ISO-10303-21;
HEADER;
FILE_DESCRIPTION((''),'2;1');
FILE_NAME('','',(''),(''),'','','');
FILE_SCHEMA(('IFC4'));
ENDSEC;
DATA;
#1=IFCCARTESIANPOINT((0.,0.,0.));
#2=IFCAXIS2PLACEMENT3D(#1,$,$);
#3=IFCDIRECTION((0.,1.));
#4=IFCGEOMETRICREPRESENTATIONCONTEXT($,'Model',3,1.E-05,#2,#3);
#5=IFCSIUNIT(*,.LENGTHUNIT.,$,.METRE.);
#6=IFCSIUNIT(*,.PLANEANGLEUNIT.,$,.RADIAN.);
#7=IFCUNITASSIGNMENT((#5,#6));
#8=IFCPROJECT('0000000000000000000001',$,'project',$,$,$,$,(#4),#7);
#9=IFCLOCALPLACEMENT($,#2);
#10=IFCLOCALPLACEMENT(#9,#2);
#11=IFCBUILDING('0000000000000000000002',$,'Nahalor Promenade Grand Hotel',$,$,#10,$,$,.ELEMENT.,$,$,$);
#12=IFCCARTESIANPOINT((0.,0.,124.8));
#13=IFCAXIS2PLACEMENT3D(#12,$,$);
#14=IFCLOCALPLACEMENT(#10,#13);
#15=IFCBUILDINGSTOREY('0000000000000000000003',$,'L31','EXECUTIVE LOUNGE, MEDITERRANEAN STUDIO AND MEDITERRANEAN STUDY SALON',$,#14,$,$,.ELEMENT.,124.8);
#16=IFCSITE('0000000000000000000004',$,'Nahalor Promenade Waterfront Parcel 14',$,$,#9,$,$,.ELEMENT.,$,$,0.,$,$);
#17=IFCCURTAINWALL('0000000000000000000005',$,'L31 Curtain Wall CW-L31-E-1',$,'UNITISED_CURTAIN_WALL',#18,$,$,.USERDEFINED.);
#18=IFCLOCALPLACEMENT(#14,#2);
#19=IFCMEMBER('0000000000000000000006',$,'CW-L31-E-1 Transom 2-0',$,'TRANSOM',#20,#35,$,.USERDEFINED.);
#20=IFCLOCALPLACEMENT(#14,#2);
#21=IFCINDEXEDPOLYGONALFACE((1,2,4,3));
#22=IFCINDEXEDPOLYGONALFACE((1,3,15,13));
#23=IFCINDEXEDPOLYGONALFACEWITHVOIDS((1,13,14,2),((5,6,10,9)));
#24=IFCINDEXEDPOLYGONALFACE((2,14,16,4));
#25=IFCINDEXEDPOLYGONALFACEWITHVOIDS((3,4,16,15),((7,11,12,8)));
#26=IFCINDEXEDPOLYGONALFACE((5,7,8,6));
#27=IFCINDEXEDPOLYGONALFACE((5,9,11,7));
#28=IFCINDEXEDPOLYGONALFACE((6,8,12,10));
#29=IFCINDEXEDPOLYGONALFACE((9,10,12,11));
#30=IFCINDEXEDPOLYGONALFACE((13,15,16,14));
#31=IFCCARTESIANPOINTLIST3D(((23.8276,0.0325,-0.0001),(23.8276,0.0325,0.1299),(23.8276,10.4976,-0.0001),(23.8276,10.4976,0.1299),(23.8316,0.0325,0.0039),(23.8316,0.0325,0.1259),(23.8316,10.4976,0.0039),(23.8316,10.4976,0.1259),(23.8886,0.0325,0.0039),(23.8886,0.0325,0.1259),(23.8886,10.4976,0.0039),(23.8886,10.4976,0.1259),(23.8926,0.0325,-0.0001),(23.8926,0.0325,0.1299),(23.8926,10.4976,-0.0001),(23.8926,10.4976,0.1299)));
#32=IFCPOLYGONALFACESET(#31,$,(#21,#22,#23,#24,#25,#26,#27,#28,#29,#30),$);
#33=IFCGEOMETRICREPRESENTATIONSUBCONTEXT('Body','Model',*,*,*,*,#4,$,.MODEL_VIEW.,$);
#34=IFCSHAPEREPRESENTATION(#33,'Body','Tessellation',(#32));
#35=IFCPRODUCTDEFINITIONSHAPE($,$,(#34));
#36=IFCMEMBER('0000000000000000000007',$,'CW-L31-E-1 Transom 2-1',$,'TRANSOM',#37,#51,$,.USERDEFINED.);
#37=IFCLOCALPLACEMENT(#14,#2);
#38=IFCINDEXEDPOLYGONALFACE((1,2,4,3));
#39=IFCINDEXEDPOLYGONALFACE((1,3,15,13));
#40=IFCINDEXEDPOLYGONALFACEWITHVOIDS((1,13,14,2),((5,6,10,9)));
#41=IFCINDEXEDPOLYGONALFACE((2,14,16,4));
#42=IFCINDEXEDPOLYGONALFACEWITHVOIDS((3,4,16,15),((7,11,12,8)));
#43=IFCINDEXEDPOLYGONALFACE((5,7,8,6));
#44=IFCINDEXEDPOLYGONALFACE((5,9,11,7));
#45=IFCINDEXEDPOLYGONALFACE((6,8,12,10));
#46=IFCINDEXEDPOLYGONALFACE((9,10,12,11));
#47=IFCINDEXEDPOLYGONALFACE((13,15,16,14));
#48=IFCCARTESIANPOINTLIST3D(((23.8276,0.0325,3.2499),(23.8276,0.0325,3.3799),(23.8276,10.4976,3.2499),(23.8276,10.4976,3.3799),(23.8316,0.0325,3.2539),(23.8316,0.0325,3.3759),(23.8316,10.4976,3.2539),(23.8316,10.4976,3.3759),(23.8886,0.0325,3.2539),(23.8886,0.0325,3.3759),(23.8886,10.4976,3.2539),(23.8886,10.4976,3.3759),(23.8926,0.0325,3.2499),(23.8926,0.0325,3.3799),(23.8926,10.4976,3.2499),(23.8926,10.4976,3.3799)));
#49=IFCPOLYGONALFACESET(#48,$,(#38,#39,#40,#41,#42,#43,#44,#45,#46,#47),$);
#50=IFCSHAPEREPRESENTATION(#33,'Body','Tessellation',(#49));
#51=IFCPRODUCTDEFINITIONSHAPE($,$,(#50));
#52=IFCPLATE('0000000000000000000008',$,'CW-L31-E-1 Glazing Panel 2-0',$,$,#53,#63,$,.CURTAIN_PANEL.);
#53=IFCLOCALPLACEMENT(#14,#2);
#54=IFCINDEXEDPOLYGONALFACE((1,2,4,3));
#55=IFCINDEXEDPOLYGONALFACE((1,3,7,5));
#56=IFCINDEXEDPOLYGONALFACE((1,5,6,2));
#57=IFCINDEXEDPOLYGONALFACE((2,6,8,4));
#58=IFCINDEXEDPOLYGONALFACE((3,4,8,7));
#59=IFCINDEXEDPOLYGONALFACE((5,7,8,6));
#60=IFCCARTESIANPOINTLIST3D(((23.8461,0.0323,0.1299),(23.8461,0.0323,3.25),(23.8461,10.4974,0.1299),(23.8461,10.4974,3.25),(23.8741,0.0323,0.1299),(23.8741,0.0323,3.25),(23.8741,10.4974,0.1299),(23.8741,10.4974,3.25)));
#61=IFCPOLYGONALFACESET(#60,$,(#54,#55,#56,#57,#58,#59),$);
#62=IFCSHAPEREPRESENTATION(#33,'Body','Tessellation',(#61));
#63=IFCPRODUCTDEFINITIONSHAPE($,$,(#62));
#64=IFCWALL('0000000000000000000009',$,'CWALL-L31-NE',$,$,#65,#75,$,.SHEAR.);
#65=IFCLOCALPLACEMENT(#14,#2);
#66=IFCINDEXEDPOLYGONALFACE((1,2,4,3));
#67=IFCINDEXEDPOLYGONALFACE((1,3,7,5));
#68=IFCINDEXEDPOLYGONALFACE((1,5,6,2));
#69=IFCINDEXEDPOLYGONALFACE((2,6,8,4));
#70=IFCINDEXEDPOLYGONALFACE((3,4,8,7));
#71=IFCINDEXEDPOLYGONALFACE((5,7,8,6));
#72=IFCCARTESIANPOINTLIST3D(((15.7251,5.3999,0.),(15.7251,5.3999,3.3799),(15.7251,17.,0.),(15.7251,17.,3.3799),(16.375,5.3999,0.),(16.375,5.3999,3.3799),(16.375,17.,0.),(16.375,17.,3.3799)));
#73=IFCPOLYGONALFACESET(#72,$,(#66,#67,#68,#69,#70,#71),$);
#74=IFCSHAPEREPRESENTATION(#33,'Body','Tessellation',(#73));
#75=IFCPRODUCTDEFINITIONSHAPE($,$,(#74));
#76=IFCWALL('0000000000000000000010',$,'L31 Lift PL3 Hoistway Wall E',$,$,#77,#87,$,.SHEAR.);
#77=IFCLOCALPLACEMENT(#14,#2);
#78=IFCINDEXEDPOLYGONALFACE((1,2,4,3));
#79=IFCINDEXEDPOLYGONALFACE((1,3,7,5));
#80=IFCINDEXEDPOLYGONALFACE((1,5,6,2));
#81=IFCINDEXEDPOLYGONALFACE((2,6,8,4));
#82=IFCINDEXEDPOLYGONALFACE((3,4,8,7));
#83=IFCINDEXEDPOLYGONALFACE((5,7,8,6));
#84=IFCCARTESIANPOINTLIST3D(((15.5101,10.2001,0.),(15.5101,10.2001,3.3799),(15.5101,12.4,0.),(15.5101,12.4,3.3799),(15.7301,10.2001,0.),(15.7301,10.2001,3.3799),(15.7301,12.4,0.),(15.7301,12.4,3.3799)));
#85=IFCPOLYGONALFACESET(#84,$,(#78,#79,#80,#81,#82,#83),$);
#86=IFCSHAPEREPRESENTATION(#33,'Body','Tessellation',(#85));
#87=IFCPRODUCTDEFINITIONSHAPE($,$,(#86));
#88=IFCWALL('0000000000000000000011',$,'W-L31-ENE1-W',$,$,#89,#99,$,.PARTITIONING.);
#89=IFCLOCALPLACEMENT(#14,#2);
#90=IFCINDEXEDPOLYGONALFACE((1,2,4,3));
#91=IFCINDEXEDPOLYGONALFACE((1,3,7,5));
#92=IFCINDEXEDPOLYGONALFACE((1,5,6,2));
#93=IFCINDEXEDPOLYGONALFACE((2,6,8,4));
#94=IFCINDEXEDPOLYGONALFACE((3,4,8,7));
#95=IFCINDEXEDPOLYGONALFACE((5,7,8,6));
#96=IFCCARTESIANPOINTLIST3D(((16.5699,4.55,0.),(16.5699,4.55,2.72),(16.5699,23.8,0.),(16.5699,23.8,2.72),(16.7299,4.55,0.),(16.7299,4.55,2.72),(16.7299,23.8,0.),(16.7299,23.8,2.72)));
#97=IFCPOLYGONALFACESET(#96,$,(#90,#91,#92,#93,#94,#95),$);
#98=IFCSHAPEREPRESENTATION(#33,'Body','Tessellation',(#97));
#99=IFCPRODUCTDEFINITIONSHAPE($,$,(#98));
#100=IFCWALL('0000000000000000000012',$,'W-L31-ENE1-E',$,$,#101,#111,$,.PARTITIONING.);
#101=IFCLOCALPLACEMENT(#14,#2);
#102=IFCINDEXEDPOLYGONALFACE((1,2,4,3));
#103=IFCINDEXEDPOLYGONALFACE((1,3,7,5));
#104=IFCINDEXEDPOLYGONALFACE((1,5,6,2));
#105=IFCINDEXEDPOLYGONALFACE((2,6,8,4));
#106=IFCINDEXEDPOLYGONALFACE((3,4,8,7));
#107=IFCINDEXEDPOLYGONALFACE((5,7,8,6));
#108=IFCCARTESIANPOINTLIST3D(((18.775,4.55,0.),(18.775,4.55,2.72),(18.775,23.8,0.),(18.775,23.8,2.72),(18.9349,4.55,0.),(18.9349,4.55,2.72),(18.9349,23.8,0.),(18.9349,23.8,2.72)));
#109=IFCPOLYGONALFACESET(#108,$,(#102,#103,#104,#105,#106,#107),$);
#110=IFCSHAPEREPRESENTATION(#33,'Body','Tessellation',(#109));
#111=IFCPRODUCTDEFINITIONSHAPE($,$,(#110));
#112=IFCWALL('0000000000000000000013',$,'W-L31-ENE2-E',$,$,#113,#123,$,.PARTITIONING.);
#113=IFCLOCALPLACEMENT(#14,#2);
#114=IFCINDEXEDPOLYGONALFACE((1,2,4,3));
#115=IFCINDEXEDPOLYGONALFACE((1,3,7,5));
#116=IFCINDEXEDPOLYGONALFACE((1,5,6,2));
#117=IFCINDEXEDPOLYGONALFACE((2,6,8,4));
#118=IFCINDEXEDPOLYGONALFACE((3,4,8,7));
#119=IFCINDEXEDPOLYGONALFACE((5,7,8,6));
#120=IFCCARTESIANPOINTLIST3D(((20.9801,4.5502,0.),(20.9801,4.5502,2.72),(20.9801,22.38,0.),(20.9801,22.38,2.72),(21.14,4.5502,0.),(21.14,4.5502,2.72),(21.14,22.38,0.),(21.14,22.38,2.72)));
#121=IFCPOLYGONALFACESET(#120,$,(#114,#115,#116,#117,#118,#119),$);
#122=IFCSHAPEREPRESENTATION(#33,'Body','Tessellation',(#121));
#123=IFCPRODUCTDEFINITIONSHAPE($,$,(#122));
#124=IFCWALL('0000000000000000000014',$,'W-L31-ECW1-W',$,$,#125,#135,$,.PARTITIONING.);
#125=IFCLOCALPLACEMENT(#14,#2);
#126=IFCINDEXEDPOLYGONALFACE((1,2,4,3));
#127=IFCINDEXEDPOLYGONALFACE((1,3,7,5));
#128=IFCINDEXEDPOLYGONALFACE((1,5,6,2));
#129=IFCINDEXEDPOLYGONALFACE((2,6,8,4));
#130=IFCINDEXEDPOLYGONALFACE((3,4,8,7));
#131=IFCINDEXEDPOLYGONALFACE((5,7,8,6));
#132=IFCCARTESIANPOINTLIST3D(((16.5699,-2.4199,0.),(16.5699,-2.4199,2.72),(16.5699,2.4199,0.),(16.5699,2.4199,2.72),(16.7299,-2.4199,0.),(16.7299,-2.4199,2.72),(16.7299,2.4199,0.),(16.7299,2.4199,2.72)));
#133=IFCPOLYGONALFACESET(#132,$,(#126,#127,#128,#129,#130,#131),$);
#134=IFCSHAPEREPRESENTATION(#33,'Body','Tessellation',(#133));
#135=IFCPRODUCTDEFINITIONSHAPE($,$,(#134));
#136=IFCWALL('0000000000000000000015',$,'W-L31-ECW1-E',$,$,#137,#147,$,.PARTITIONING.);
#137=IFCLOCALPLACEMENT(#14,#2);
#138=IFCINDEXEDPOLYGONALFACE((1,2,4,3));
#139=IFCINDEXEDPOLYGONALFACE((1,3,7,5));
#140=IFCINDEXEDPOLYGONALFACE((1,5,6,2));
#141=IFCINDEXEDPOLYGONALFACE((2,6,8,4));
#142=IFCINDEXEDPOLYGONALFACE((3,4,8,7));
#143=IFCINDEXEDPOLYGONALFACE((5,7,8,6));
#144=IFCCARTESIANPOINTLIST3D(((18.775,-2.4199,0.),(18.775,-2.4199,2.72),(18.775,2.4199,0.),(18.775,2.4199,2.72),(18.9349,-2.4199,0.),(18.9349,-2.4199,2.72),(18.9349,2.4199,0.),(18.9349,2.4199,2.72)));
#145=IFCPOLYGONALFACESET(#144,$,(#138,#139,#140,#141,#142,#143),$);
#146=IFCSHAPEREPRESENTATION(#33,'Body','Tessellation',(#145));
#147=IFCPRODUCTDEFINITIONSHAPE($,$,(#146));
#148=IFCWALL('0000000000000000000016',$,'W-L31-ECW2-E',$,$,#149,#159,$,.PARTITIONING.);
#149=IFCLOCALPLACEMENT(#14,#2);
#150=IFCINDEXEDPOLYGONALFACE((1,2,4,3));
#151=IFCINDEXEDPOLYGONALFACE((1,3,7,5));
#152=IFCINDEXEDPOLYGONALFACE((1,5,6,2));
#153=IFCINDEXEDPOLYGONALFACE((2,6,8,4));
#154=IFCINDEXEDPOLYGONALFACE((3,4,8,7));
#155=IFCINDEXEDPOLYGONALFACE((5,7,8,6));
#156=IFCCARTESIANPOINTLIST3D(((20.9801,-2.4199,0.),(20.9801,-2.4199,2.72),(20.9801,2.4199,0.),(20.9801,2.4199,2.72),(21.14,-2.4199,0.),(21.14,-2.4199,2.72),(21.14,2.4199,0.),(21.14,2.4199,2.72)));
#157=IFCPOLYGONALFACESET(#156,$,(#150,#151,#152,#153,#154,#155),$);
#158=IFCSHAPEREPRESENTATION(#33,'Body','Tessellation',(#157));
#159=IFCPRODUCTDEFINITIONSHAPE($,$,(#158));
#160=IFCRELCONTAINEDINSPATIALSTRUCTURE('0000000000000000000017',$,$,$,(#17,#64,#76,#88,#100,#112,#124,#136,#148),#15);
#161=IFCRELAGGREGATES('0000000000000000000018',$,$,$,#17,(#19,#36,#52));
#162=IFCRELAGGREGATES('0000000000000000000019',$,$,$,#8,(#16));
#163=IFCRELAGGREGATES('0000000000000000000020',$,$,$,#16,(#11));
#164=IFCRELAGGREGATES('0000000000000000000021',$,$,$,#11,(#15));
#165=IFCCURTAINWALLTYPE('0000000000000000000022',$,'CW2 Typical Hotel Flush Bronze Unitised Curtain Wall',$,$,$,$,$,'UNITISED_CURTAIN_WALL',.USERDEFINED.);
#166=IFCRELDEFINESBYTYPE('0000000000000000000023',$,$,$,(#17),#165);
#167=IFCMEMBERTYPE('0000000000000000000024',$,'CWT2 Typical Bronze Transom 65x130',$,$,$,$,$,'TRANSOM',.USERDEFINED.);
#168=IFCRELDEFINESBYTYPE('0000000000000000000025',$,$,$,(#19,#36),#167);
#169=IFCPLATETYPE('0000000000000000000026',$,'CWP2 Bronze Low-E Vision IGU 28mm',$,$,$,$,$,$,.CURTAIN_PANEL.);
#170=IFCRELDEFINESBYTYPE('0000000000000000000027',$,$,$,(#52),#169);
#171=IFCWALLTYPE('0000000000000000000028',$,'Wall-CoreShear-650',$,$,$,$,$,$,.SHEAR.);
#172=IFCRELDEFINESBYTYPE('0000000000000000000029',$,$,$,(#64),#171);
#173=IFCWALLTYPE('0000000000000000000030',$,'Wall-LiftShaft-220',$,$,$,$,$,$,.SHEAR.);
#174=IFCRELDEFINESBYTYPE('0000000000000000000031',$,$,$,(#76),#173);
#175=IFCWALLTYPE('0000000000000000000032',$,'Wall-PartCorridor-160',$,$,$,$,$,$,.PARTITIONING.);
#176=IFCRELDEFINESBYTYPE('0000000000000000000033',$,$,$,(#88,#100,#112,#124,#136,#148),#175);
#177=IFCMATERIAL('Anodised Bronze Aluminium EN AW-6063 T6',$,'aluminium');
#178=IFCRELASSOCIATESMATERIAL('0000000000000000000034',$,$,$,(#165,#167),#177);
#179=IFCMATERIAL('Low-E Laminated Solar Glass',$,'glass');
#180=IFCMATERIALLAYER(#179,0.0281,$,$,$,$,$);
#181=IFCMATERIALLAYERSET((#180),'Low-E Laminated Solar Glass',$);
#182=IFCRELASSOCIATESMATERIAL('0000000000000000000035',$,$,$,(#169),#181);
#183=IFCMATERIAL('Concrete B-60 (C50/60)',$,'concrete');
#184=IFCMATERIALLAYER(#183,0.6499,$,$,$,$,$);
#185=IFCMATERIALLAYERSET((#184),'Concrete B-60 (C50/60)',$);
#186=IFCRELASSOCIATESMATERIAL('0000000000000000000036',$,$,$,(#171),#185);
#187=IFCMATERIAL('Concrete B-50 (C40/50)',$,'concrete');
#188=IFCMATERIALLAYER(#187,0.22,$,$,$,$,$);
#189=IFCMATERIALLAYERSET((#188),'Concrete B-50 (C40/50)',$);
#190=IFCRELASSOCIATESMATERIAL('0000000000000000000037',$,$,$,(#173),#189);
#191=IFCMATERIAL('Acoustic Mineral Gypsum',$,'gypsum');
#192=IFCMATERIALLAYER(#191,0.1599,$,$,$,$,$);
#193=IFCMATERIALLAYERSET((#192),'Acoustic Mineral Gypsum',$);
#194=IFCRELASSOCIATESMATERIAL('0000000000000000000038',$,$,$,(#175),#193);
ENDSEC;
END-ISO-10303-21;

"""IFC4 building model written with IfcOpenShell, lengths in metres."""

from ifc_helpers import new_model, si_unit, direction, frame, frame_2d, origin, origin_2d, place, context, subcontext, project, spatial, rectangle, hollow_rectangle, extrude, source, transform, mapped, material, layer, layer_set, material_profile, profile_set, type_object, element, aggregate, save


model = new_model("IFC4")

# Units and contexts
model_context = context("Model", 3, precision=1e-05, world=origin(), true_north=direction((0.0, 1.0)))
body_context = subcontext(model_context, "Body", "Model", "MODEL_VIEW")
ifc_project = project(units=[si_unit("LENGTHUNIT", "METRE"), si_unit("PLANEANGLEUNIT", "RADIAN")], contexts=[model_context])

# Site, building, storey
site_placement = place(None, origin())
site = spatial("IfcSite", under=ifc_project, at=site_placement, Name="Nahalor Promenade Waterfront Parcel 14", CompositionType="ELEMENT", RefElevation=0.0)
building_placement = place(site_placement, origin())
building = spatial("IfcBuilding", under=site, at=building_placement, Name="Nahalor Promenade Grand Hotel", CompositionType="ELEMENT")
storey_placement = place(building_placement, frame((0.0, 0.0, 124.8)))
storey = spatial("IfcBuildingStorey", under=building, at=storey_placement, Name="L31", Description="EXECUTIVE LOUNGE, MEDITERRANEAN STUDIO AND MEDITERRANEAN STUDY SALON", CompositionType="ELEMENT", Elevation=124.8)

# Curtain wall, members, plate
ifc_material_1 = material(Name="Anodised Bronze Aluminium EN AW-6063 T6", Category="aluminium")
curtain_wall_type = type_object("IfcCurtainWallType", Name="CW2 Typical Hotel Flush Bronze Unitised Curtain Wall", ElementType="UNITISED_CURTAIN_WALL", PredefinedType="USERDEFINED", material=ifc_material_1)
curtain_wall_placement = place(storey_placement, origin())
curtain_wall = element("IfcCurtainWall", 1, at=curtain_wall_placement, inside=storey, type_object=curtain_wall_type, Name="L31 Curtain Wall CW-L31-E-1", ObjectType="UNITISED_CURTAIN_WALL", PredefinedType="USERDEFINED")
ifc_material_profile_1 = material_profile(ifc_material_1, hollow_rectangle(XDim=0.065, YDim=0.13, WallThickness=0.004, at=origin_2d()), Name="CWT 65x130x4")
ifc_profile_set_1 = profile_set([ifc_material_profile_1], Name="Anodised Bronze Aluminium EN AW-6063 T6")
member_type_1 = type_object("IfcMemberType", Name="CWT2 Typical Bronze Transom 65x130", ElementType="TRANSOM", PredefinedType="USERDEFINED", material=ifc_profile_set_1)
shared_shape_1 = source(origin(), body_context, "Body", "SweptSolid", [
    extrude(hollow_rectangle(XDim=0.065, YDim=0.13, WallThickness=0.004, at=origin_2d()), origin(), (0.0, 0.0, 1.0), 10.4651),
])
member_1_placement = place(storey_placement, frame((23.8601, 0.0325, 0.0649), z_axis=(0.0, 1.0, 0.0), x_axis=(-1.0, 0.0, 0.0)))
member_1 = element("IfcMember", 2, at=member_1_placement, type_object=member_type_1, Name="CW-L31-E-1 Transom 2-0", ObjectType="TRANSOM", PredefinedType="USERDEFINED", context=body_context, shape_type="MappedRepresentation", body=[
    mapped(shared_shape_1, transform((0.0, 0.0, 0.0), scale=1.0)),
])
member_2_placement = place(storey_placement, frame((23.8601, 0.0325, 3.3149), z_axis=(0.0, 1.0, 0.0), x_axis=(-1.0, 0.0, 0.0)))
member_2 = element("IfcMember", 3, at=member_2_placement, type_object=member_type_1, Name="CW-L31-E-1 Transom 2-1", ObjectType="TRANSOM", PredefinedType="USERDEFINED", context=body_context, shape_type="MappedRepresentation", body=[
    mapped(shared_shape_1, transform((0.0, 0.0, 0.0), scale=1.0)),
])
ifc_material_2 = material(Name="Low-E Laminated Solar Glass", Category="glass")
ifc_layer_1 = layer(ifc_material_2, 0.0281)
ifc_layer_set_1 = layer_set([ifc_layer_1], Name="Low-E Laminated Solar Glass")
plate_type = type_object("IfcPlateType", Name="CWP2 Bronze Low-E Vision IGU 28mm", PredefinedType="CURTAIN_PANEL", material=ifc_layer_set_1)
shared_shape_2 = source(origin(), body_context, "Body", "SweptSolid", [
    extrude(rectangle(XDim=10.4651, YDim=0.0281, at=origin_2d()), origin(), (0.0, 0.0, 1.0), 3.1201),
])
plate_placement = place(storey_placement, frame((23.8601, 5.2649, 0.1299), z_axis=(0.0, 0.0, 1.0), x_axis=(0.0, 1.0, 0.0)))
plate = element("IfcPlate", 4, at=plate_placement, type_object=plate_type, Name="CW-L31-E-1 Glazing Panel 2-0", PredefinedType="CURTAIN_PANEL", context=body_context, shape_type="MappedRepresentation", body=[
    mapped(shared_shape_2, transform((0.0, 0.0, 0.0), scale=1.0)),
])
aggregate(curtain_wall, [member_1, member_2, plate])

# Walls
ifc_material_3 = material(Name="Concrete B-60 (C50/60)", Category="concrete")
ifc_layer_2 = layer(ifc_material_3, 0.6499)
ifc_layer_set_2 = layer_set([ifc_layer_2], Name="Concrete B-60 (C50/60)")
wall_type_1 = type_object("IfcWallType", Name="Wall-CoreShear-650", PredefinedType="SHEAR", material=ifc_layer_set_2)
shared_shape_3 = source(origin(), body_context, "Body", "SweptSolid", [
    extrude(rectangle(XDim=11.6001, YDim=0.6499, at=frame_2d((5.8, 0.0))), origin(), (0.0, 0.0, 1.0), 3.3799),
])
wall_1_placement = place(storey_placement, frame((16.05, 5.3999, 0.0), z_axis=(0.0, 0.0, 1.0), x_axis=(0.0, 1.0, 0.0)))
element("IfcWall", 5, at=wall_1_placement, inside=storey, type_object=wall_type_1, Name="CWALL-L31-NE", PredefinedType="SHEAR", context=body_context, shape_type="MappedRepresentation", body=[
    mapped(shared_shape_3, transform((0.0, 0.0, 0.0), scale=1.0)),
])
ifc_material_4 = material(Name="Concrete B-50 (C40/50)", Category="concrete")
ifc_layer_3 = layer(ifc_material_4, 0.22)
ifc_layer_set_3 = layer_set([ifc_layer_3], Name="Concrete B-50 (C40/50)")
wall_type_2 = type_object("IfcWallType", Name="Wall-LiftShaft-220", PredefinedType="SHEAR", material=ifc_layer_set_3)
shared_shape_4 = source(origin(), body_context, "Body", "SweptSolid", [
    extrude(rectangle(XDim=2.2, YDim=0.22, at=frame_2d((1.1001, 0.0))), origin(), (0.0, 0.0, 1.0), 3.3799),
])
wall_2_placement = place(storey_placement, frame((15.6201, 10.2, 0.0), z_axis=(0.0, 0.0, 1.0), x_axis=(0.0, 1.0, 0.0)))
element("IfcWall", 6, at=wall_2_placement, inside=storey, type_object=wall_type_2, Name="L31 Lift PL3 Hoistway Wall E", PredefinedType="SHEAR", context=body_context, shape_type="MappedRepresentation", body=[
    mapped(shared_shape_4, transform((0.0, 0.0, 0.0), scale=1.0)),
])

# Shared definitions
ifc_material_5 = material(Name="Acoustic Mineral Gypsum", Category="gypsum")
ifc_layer_4 = layer(ifc_material_5, 0.1599)
ifc_layer_set_4 = layer_set([ifc_layer_4], Name="Acoustic Mineral Gypsum")
wall_type_3 = type_object("IfcWallType", Name="Wall-PartCorridor-160", PredefinedType="PARTITIONING", material=ifc_layer_set_4)

# Walls
shared_shape_5 = source(origin(), body_context, "Body", "SweptSolid", [
    extrude(rectangle(XDim=19.25, YDim=0.1599, at=frame_2d((9.625, 0.0))), origin(), (0.0, 0.0, 1.0), 2.72),
])
for number, where, z_axis, x_axis, name in (
    (7, (16.6499, 4.55, 0.0), (0.0, 0.0, 1.0), (0.0, 1.0, 0.0), "W-L31-ENE1-W"),
    (8, (18.855, 4.55, 0.0), (0.0, 0.0, 1.0), (0.0, 1.0, 0.0), "W-L31-ENE1-E"),
):
    element("IfcWall", number, at=place(storey_placement, frame(where, z_axis=z_axis, x_axis=x_axis)), inside=storey, type_object=wall_type_3, Name=name, PredefinedType="PARTITIONING", context=body_context, shape_type="MappedRepresentation", body=[
        mapped(shared_shape_5, transform((0.0, 0.0, 0.0), scale=1.0)),
    ])
shared_shape_6 = source(origin(), body_context, "Body", "SweptSolid", [
    extrude(rectangle(XDim=17.8298, YDim=0.1599, at=frame_2d((8.915, 0.0))), origin(), (0.0, 0.0, 1.0), 2.72),
])
wall_3_placement = place(storey_placement, frame((21.0601, 4.55, 0.0), z_axis=(0.0, 0.0, 1.0), x_axis=(0.0, 1.0, 0.0)))
element("IfcWall", 9, at=wall_3_placement, inside=storey, type_object=wall_type_3, Name="W-L31-ENE2-E", PredefinedType="PARTITIONING", context=body_context, shape_type="MappedRepresentation", body=[
    mapped(shared_shape_6, transform((0.0, 0.0, 0.0), scale=1.0)),
])
shared_shape_7 = source(origin(), body_context, "Body", "SweptSolid", [
    extrude(rectangle(XDim=4.8398, YDim=0.1599, at=frame_2d((2.4199, 0.0))), origin(), (0.0, 0.0, 1.0), 2.72),
])
for number, where, z_axis, x_axis, name in (
    (10, (16.6499, -2.4199, 0.0), (0.0, 0.0, 1.0), (0.0, 1.0, 0.0), "W-L31-ECW1-W"),
    (11, (18.855, -2.4199, 0.0), (0.0, 0.0, 1.0), (0.0, 1.0, 0.0), "W-L31-ECW1-E"),
    (12, (21.0601, -2.4199, 0.0), (0.0, 0.0, 1.0), (0.0, 1.0, 0.0), "W-L31-ECW2-E"),
):
    element("IfcWall", number, at=place(storey_placement, frame(where, z_axis=z_axis, x_axis=x_axis)), inside=storey, type_object=wall_type_3, Name=name, PredefinedType="PARTITIONING", context=body_context, shape_type="MappedRepresentation", body=[
        mapped(shared_shape_7, transform((0.0, 0.0, 0.0), scale=1.0)),
    ])

save(model, "model.ifc")
